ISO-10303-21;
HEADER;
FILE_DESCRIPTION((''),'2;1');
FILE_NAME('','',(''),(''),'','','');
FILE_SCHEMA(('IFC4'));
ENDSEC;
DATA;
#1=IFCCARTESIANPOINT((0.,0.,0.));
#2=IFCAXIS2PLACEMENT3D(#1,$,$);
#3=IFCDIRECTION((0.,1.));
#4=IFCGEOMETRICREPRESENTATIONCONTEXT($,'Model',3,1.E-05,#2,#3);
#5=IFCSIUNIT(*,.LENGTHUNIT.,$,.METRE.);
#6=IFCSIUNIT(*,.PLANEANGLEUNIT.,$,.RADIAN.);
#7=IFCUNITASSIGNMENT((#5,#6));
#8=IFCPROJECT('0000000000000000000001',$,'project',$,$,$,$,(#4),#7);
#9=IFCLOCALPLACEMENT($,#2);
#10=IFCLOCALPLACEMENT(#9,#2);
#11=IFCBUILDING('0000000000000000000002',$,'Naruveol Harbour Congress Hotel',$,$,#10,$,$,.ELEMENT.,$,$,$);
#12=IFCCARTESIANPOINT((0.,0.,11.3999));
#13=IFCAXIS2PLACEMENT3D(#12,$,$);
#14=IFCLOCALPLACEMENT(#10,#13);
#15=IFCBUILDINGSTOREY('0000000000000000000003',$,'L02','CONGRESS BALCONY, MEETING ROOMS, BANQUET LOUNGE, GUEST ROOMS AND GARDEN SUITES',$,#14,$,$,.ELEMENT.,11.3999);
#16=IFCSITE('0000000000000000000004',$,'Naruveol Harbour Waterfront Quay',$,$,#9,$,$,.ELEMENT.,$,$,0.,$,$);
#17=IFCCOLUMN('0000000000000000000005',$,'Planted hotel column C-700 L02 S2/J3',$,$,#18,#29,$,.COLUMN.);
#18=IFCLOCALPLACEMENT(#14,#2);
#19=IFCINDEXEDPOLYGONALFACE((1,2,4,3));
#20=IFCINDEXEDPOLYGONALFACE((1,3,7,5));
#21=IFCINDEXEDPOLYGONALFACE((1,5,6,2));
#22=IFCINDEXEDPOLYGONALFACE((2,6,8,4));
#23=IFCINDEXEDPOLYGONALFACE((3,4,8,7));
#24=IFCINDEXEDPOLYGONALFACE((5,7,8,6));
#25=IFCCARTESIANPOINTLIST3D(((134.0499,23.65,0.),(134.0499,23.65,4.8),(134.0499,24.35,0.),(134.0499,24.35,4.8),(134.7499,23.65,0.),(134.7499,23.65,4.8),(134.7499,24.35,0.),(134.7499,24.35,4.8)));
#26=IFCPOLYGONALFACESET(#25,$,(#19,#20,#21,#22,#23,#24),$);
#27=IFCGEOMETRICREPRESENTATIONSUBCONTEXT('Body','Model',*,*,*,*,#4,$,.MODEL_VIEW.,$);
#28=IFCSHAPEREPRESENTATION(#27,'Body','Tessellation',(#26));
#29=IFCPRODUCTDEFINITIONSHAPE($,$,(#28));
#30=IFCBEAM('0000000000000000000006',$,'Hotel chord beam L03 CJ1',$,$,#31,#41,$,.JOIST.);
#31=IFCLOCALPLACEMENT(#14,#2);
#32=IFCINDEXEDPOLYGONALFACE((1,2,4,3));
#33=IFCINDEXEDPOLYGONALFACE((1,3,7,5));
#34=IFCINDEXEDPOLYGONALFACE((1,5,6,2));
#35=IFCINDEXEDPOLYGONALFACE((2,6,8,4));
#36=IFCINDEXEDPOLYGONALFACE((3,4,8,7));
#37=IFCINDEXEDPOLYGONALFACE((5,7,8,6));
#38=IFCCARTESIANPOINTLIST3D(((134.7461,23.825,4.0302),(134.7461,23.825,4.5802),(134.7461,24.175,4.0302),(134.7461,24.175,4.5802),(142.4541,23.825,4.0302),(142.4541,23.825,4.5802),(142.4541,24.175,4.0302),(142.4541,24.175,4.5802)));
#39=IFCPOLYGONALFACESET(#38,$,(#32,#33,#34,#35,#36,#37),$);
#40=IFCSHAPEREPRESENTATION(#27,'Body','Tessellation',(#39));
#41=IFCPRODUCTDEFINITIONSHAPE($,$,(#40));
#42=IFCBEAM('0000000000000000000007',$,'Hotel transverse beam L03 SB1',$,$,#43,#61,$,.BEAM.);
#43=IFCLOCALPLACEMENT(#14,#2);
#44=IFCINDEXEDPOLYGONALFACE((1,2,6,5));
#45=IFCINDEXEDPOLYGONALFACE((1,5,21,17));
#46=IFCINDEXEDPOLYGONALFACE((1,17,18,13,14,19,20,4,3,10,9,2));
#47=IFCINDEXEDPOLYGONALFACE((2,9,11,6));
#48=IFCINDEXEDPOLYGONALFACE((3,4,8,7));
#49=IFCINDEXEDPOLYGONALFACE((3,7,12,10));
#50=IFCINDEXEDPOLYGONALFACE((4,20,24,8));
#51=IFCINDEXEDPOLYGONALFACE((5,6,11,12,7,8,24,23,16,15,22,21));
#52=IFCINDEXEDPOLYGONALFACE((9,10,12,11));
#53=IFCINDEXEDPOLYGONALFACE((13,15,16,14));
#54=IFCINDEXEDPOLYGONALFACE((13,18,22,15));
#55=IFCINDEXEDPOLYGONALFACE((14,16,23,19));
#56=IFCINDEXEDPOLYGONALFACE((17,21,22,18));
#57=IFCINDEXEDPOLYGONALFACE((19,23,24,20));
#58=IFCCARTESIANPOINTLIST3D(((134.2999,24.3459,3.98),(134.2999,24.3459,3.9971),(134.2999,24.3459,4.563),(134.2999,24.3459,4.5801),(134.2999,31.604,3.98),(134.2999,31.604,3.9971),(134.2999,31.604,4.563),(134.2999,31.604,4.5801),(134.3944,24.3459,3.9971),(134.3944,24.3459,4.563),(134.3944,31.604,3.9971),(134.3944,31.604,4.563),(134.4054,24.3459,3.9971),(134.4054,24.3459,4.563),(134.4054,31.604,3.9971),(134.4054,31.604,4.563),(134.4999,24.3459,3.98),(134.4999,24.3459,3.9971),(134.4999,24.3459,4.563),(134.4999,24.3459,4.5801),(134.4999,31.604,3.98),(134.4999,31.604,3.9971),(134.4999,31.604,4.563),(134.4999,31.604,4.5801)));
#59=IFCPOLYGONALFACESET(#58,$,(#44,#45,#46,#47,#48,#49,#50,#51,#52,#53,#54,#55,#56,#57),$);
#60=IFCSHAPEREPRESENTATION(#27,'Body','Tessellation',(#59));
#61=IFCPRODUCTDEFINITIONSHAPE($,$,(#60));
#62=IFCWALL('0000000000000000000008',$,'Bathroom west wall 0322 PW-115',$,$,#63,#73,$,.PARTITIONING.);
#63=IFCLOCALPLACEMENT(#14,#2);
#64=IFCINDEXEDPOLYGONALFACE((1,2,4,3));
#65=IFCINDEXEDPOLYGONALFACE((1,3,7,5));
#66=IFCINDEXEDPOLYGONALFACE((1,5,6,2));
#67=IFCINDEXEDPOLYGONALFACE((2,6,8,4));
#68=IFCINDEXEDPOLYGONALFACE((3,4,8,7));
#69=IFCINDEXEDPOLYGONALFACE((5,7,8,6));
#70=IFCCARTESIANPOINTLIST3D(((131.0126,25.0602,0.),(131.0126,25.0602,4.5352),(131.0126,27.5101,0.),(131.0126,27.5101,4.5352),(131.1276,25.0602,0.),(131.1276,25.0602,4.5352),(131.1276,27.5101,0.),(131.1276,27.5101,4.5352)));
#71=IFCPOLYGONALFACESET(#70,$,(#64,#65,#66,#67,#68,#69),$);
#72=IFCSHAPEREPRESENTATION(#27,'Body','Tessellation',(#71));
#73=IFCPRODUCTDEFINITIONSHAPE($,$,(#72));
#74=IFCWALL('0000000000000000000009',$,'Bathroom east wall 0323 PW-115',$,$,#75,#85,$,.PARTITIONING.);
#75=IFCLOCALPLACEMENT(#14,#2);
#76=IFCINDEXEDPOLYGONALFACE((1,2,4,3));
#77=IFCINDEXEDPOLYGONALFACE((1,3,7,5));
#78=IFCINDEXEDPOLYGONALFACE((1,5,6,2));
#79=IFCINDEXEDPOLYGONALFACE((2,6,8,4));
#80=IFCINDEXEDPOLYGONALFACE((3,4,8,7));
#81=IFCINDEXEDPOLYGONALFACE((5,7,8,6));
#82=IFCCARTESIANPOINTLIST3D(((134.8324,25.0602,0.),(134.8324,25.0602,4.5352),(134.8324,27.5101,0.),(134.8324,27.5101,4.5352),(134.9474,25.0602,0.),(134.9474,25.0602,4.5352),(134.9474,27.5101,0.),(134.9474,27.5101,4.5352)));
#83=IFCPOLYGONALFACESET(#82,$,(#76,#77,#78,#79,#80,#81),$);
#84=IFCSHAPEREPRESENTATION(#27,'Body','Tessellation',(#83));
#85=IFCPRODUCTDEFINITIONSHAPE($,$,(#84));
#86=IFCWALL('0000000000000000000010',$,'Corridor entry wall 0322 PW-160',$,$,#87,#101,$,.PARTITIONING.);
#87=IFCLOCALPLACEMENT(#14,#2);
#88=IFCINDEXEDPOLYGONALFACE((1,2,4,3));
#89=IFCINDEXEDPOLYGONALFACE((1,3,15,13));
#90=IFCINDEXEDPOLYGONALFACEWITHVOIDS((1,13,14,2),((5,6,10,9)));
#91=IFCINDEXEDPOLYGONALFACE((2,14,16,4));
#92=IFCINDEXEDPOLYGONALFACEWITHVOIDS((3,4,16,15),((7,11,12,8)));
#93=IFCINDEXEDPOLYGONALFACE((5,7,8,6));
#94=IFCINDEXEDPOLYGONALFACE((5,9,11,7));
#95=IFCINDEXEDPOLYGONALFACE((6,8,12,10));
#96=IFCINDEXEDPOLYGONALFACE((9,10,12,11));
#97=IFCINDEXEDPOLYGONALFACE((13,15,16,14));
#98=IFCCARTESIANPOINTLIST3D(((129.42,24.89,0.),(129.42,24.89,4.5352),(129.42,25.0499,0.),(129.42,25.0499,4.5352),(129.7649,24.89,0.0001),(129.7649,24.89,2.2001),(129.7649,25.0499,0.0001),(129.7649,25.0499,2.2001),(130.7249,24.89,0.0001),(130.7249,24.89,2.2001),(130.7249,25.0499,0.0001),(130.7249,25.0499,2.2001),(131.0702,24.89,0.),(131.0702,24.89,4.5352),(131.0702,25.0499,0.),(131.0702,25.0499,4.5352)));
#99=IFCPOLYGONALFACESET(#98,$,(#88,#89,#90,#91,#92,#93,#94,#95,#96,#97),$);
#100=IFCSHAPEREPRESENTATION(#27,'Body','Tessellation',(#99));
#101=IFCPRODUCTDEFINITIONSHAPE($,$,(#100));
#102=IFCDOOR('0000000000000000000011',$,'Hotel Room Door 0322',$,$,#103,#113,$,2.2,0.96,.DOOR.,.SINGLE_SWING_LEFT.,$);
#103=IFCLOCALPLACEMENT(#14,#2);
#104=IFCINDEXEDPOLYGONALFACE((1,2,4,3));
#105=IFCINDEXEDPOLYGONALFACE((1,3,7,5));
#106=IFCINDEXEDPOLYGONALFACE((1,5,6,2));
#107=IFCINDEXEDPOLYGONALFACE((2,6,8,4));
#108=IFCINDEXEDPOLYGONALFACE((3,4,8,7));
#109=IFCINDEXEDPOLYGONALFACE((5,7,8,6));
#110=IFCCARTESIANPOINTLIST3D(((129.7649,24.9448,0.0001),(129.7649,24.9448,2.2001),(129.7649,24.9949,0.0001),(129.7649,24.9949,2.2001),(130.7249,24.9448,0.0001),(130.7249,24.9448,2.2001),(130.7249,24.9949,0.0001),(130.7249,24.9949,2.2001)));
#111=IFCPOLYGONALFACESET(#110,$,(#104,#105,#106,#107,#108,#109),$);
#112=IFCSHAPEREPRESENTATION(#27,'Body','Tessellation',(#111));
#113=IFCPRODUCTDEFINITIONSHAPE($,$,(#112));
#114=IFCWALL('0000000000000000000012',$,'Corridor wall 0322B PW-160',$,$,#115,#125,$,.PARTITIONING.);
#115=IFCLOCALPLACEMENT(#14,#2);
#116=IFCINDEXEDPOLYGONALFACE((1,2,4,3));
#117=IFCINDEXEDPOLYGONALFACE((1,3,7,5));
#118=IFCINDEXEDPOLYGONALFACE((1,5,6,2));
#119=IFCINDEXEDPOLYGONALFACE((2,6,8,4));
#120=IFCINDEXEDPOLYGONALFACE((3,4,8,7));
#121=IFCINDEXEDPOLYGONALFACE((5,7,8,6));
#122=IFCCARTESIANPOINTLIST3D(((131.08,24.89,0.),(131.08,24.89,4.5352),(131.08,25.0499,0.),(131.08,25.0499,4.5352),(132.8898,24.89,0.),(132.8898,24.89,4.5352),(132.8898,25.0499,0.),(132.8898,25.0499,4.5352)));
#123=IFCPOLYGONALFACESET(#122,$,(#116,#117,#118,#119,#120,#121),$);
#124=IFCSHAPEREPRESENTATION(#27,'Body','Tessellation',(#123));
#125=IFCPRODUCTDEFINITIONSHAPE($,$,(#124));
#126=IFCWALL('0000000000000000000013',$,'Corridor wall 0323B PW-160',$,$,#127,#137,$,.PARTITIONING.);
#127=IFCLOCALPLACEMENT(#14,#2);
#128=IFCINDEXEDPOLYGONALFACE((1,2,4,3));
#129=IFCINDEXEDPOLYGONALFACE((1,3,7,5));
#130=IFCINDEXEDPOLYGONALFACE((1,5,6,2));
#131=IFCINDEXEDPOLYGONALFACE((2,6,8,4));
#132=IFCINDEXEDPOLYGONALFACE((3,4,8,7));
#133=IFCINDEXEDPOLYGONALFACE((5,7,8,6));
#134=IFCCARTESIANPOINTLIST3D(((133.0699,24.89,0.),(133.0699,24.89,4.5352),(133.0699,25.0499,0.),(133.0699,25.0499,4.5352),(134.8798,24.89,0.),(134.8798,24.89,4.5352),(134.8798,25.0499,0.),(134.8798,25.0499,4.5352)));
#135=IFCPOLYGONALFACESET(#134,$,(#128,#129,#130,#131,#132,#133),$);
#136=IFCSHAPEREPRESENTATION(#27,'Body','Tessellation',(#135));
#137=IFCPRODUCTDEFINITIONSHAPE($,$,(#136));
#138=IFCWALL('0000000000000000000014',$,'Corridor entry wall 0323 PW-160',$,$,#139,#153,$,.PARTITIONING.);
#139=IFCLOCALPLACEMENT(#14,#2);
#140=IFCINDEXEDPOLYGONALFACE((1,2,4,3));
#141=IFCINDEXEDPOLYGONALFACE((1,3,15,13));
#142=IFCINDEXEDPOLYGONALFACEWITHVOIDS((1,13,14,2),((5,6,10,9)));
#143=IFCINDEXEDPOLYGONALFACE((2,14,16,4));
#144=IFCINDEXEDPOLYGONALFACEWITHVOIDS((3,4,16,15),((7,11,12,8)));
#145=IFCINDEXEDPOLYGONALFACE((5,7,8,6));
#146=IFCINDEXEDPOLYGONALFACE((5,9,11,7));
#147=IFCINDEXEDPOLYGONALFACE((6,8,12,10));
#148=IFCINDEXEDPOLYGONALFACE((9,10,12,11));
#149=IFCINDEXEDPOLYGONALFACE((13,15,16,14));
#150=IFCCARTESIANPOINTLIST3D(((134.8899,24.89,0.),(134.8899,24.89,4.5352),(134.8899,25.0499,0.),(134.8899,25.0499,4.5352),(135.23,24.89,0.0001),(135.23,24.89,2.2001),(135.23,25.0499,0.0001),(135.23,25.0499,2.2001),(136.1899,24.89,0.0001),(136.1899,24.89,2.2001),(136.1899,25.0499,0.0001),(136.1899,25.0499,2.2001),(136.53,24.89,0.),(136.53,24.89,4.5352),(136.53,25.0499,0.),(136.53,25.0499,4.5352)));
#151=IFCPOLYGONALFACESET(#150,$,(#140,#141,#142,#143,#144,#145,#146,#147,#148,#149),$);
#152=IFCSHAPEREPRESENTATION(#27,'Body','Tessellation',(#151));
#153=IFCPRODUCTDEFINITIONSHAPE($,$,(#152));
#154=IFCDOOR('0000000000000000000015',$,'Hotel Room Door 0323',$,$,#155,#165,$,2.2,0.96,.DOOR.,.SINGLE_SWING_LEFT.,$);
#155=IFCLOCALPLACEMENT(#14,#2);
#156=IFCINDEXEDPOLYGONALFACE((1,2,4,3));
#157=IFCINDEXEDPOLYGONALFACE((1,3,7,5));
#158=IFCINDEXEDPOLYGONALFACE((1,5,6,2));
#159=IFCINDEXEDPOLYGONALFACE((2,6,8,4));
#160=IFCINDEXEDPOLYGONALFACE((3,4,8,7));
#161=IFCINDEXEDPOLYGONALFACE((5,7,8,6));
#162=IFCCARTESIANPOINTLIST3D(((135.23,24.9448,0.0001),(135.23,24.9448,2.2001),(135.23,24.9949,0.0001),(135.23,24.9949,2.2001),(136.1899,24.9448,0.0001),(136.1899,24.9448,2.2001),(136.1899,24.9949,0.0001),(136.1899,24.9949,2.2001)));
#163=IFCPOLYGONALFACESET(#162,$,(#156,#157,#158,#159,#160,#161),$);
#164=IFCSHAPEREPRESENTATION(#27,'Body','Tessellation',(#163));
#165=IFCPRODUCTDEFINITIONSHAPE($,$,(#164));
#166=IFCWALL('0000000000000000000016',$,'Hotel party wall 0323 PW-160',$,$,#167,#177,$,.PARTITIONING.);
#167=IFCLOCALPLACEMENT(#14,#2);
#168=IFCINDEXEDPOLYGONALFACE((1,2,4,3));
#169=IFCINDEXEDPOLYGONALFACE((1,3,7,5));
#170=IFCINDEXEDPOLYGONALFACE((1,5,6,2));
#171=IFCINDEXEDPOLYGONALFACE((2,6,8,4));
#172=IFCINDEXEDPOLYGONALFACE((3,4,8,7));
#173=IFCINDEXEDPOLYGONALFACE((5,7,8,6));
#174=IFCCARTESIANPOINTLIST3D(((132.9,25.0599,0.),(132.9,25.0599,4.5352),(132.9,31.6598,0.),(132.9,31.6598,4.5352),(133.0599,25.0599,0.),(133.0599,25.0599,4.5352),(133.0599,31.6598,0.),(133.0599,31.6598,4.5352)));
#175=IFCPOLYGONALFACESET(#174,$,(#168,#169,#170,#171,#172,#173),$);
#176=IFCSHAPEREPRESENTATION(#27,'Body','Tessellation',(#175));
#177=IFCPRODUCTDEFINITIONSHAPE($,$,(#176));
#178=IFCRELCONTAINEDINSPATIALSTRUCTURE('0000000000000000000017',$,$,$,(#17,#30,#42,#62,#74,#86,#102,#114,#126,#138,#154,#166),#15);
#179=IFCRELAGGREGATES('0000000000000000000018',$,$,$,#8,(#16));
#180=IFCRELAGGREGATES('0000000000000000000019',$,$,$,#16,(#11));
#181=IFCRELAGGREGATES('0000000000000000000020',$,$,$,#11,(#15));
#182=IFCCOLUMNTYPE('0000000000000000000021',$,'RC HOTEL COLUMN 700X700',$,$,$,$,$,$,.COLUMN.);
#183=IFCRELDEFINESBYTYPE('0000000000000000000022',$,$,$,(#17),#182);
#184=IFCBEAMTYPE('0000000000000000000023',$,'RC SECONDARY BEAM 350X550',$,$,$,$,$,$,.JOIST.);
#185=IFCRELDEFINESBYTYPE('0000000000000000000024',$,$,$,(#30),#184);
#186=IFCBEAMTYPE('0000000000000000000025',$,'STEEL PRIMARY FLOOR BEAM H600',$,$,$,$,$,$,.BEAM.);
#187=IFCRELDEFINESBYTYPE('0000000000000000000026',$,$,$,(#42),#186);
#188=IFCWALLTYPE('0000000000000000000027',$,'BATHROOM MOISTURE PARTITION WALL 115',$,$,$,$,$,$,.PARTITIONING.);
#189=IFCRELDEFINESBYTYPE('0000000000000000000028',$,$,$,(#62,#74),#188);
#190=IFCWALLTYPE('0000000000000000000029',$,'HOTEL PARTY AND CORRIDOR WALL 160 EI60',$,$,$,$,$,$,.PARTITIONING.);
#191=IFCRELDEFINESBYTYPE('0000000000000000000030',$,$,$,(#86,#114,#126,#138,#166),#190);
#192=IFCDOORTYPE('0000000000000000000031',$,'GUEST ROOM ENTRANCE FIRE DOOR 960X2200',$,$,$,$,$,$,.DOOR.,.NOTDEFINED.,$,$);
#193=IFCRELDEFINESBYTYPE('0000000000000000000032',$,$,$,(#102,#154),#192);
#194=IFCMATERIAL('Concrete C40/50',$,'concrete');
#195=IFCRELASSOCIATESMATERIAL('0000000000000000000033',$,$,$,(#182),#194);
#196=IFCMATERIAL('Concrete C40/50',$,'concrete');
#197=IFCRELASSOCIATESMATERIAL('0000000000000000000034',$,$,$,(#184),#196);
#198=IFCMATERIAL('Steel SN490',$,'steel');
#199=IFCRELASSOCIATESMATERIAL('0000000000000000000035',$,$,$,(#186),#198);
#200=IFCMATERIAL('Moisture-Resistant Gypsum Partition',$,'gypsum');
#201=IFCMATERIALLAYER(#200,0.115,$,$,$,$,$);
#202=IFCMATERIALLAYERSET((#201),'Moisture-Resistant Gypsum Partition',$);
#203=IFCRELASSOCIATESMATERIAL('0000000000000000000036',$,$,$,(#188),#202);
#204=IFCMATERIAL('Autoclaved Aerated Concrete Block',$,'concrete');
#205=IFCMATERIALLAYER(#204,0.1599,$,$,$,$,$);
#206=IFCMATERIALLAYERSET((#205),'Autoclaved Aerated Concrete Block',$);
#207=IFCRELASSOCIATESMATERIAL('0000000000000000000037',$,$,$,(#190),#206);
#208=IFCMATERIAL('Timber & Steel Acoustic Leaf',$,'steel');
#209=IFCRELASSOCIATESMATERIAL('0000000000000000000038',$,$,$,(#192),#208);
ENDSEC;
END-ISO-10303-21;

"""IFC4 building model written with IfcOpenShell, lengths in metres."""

from ifc_helpers import new_model, si_unit, direction, frame, frame_2d, origin, origin_2d, place, context, subcontext, project, spatial, rectangle, i_section, extrude, material, layer, layer_set, material_profile, profile_set, type_object, element, fill, save


model = new_model("IFC4")

# Units and contexts
model_context = context("Model", 3, precision=1e-05, world=origin(), true_north=direction((0.0, 1.0)))
body_context = subcontext(model_context, "Body", "Model", "MODEL_VIEW")
ifc_project = project(units=[si_unit("LENGTHUNIT", "METRE"), si_unit("PLANEANGLEUNIT", "RADIAN")], contexts=[model_context])

# Site, building, storey
site_placement = place(None, origin())
site = spatial("IfcSite", under=ifc_project, at=site_placement, Name="Naruveol Harbour Waterfront Quay", CompositionType="ELEMENT", RefElevation=0.0)
building_placement = place(site_placement, origin())
building = spatial("IfcBuilding", under=site, at=building_placement, Name="Naruveol Harbour Congress Hotel", CompositionType="ELEMENT")
storey_placement = place(building_placement, frame((0.0, 0.0, 11.3999)))
storey = spatial("IfcBuildingStorey", under=building, at=storey_placement, Name="L02", Description="CONGRESS BALCONY, MEETING ROOMS, BANQUET LOUNGE, GUEST ROOMS AND GARDEN SUITES", CompositionType="ELEMENT", Elevation=11.3999)

# Column
ifc_material_1 = material(Name="Concrete C40/50", Category="concrete")
ifc_material_profile_1 = material_profile(ifc_material_1, rectangle(XDim=0.7, YDim=0.7, at=origin_2d()), Name="RC-700x700")
ifc_profile_set_1 = profile_set([ifc_material_profile_1], Name="Concrete C40/50")
column_type = type_object("IfcColumnType", Name="RC HOTEL COLUMN 700X700", PredefinedType="COLUMN", material=ifc_profile_set_1)
column_placement = place(storey_placement, frame((134.3999, 24.0, 0.0), z_axis=(0.0, 0.0, 1.0), x_axis=(1.0, 0.0, 0.0)))
element("IfcColumn", 1, at=column_placement, inside=storey, type_object=column_type, Name="Planted hotel column C-700 L02 S2/J3", PredefinedType="COLUMN", context=body_context, shape_type="SweptSolid", body=[
    extrude(rectangle(XDim=0.7, YDim=0.7, at=origin_2d()), origin(), (0.0, 0.0, 1.0), 4.8),
])

# Beams
ifc_material_2 = material(Name="Concrete C40/50", Category="concrete")
ifc_material_profile_2 = material_profile(ifc_material_2, rectangle(XDim=0.3501, YDim=0.55, at=origin_2d()), Name="RCB-350x550")
ifc_profile_set_2 = profile_set([ifc_material_profile_2], Name="Concrete C40/50")
beam_type_1 = type_object("IfcBeamType", Name="RC SECONDARY BEAM 350X550", PredefinedType="JOIST", material=ifc_profile_set_2)
beam_1_placement = place(storey_placement, frame((134.7461, 24.0, 4.3052), z_axis=(1.0, 0.0, 0.0), x_axis=(0.0, 1.0, 0.0)))
element("IfcBeam", 2, at=beam_1_placement, inside=storey, type_object=beam_type_1, Name="Hotel chord beam L03 CJ1", PredefinedType="JOIST", context=body_context, shape_type="SweptSolid", body=[
    extrude(rectangle(XDim=0.3501, YDim=0.55, at=origin_2d()), origin(), (0.0, 0.0, 1.0), 7.708),
])
ifc_material_3 = material(Name="Steel SN490", Category="steel")
ifc_material_profile_3 = material_profile(ifc_material_3, i_section(OverallWidth=0.2, OverallDepth=0.6001, WebThickness=0.011, FlangeThickness=0.0171, at=origin_2d()), Name="H-600x200x11x17")
ifc_profile_set_3 = profile_set([ifc_material_profile_3], Name="Steel SN490")
beam_type_2 = type_object("IfcBeamType", Name="STEEL PRIMARY FLOOR BEAM H600", PredefinedType="BEAM", material=ifc_profile_set_3)
beam_2_placement = place(storey_placement, frame((134.3999, 24.3459, 4.28), z_axis=(0.0, 1.0, 0.0), x_axis=(-1.0, 0.0, 0.0)))
element("IfcBeam", 3, at=beam_2_placement, inside=storey, type_object=beam_type_2, Name="Hotel transverse beam L03 SB1", PredefinedType="BEAM", context=body_context, shape_type="SweptSolid", body=[
    extrude(i_section(OverallWidth=0.2, OverallDepth=0.6001, WebThickness=0.011, FlangeThickness=0.0171, at=origin_2d()), origin(), (0.0, 0.0, 1.0), 7.2581),
])

# Wall
ifc_material_4 = material(Name="Moisture-Resistant Gypsum Partition", Category="gypsum")
ifc_layer_1 = layer(ifc_material_4, 0.115)
ifc_layer_set_1 = layer_set([ifc_layer_1], Name="Moisture-Resistant Gypsum Partition")
wall_type_1 = type_object("IfcWallType", Name="BATHROOM MOISTURE PARTITION WALL 115", PredefinedType="PARTITIONING", material=ifc_layer_set_1)
wall_1_placement = place(storey_placement, frame((131.0701, 25.0601, 0.0), z_axis=(0.0, 0.0, 1.0), x_axis=(0.0, 1.0, 0.0)))
element("IfcWall", 4, at=wall_1_placement, inside=storey, type_object=wall_type_1, Name="Bathroom west wall 0322 PW-115", PredefinedType="PARTITIONING", context=body_context, shape_type="SweptSolid", body=[
    extrude(rectangle(XDim=2.45, YDim=0.115, at=frame_2d((1.2251, 0.0))), origin(), (0.0, 0.0, 1.0), 4.5352),
])

# Wall
wall_2_placement = place(storey_placement, frame((134.8899, 25.0601, 0.0), z_axis=(0.0, 0.0, 1.0), x_axis=(0.0, 1.0, 0.0)))
element("IfcWall", 5, at=wall_2_placement, inside=storey, type_object=wall_type_1, Name="Bathroom east wall 0323 PW-115", PredefinedType="PARTITIONING", context=body_context, shape_type="SweptSolid", body=[
    extrude(rectangle(XDim=2.45, YDim=0.115, at=frame_2d((1.2251, 0.0))), origin(), (0.0, 0.0, 1.0), 4.5352),
])

# Wall, opening, door
ifc_material_5 = material(Name="Autoclaved Aerated Concrete Block", Category="concrete")
ifc_layer_2 = layer(ifc_material_5, 0.1599)
ifc_layer_set_2 = layer_set([ifc_layer_2], Name="Autoclaved Aerated Concrete Block")
wall_type_2 = type_object("IfcWallType", Name="HOTEL PARTY AND CORRIDOR WALL 160 EI60", PredefinedType="PARTITIONING", material=ifc_layer_set_2)
wall_3_placement = place(storey_placement, frame((129.4199, 24.97, 0.0), z_axis=(0.0, 0.0, 1.0), x_axis=(1.0, 0.0, 0.0)))
wall_3 = element("IfcWall", 6, at=wall_3_placement, inside=storey, type_object=wall_type_2, Name="Corridor entry wall 0322 PW-160", PredefinedType="PARTITIONING", context=body_context, shape_type="SweptSolid", body=[
    extrude(rectangle(XDim=1.6501, YDim=0.1599, at=frame_2d((0.8252, 0.0))), origin(), (0.0, 0.0, 1.0), 4.5352),
])
opening_1_placement = place(wall_3_placement, frame((0.345, 0.0, 0.0)))
opening_1 = element("IfcOpeningElement", 7, at=opening_1_placement, cuts=wall_3, PredefinedType="OPENING", context=body_context, shape_type="SweptSolid", body=[
    extrude(rectangle(XDim=0.96, YDim=2.2, at=frame_2d((0.48, 1.1001))), frame((0.0, 0.0898, 0.0), z_axis=(0.0, -1.0, 0.0), x_axis=(1.0, 0.0, 0.0)), (0.0, 0.0, 1.0), 0.1799),
])
ifc_material_6 = material(Name="Timber & Steel Acoustic Leaf", Category="steel")
door_type_1 = type_object("IfcDoorType", Name="GUEST ROOM ENTRANCE FIRE DOOR 960X2200", OperationType="NOTDEFINED", PredefinedType="DOOR", material=ifc_material_6)
door_1_placement = place(opening_1_placement, origin())
door_1 = element("IfcDoor", 8, at=door_1_placement, inside=storey, type_object=door_type_1, Name="Hotel Room Door 0322", OperationType="SINGLE_SWING_LEFT", OverallHeight=2.2, OverallWidth=0.96, PredefinedType="DOOR", context=body_context, shape_type="SweptSolid", body=[
    extrude(rectangle(XDim=0.96, YDim=2.2, at=frame_2d((0.48, 1.1001))), frame((0.0, 0.0249, 0.0), z_axis=(0.0, -1.0, 0.0), x_axis=(1.0, 0.0, 0.0)), (0.0, 0.0, 1.0), 0.05),
])
fill(opening_1, door_1)

# Walls
for number, where, z_axis, x_axis, name in (
    (9, (131.0801, 24.97, 0.0), (0.0, 0.0, 1.0), (1.0, 0.0, 0.0), "Corridor wall 0322B PW-160"),
    (10, (133.0701, 24.97, 0.0), (0.0, 0.0, 1.0), (1.0, 0.0, 0.0), "Corridor wall 0323B PW-160"),
):
    element("IfcWall", number, at=place(storey_placement, frame(where, z_axis=z_axis, x_axis=x_axis)), inside=storey, type_object=wall_type_2, Name=name, PredefinedType="PARTITIONING", context=body_context, shape_type="SweptSolid", body=[
        extrude(rectangle(XDim=1.8098, YDim=0.1599, at=frame_2d((0.9048, 0.0))), origin(), (0.0, 0.0, 1.0), 4.5352),
    ])

# Wall, opening, door
wall_4_placement = place(storey_placement, frame((134.8899, 24.97, 0.0), z_axis=(0.0, 0.0, 1.0), x_axis=(1.0, 0.0, 0.0)))
wall_4 = element("IfcWall", 11, at=wall_4_placement, inside=storey, type_object=wall_type_2, Name="Corridor entry wall 0323 PW-160", PredefinedType="PARTITIONING", context=body_context, shape_type="SweptSolid", body=[
    extrude(rectangle(XDim=1.6401, YDim=0.1599, at=frame_2d((0.8201, 0.0))), origin(), (0.0, 0.0, 1.0), 4.5352),
])
opening_2_placement = place(wall_4_placement, frame((0.3401, 0.0, 0.0)))
opening_2 = element("IfcOpeningElement", 12, at=opening_2_placement, cuts=wall_4, PredefinedType="OPENING", context=body_context, shape_type="SweptSolid", body=[
    extrude(rectangle(XDim=0.96, YDim=2.2, at=frame_2d((0.48, 1.1001))), frame((0.0, 0.0898, 0.0), z_axis=(0.0, -1.0, 0.0), x_axis=(1.0, 0.0, 0.0)), (0.0, 0.0, 1.0), 0.1799),
])
door_2_placement = place(opening_2_placement, origin())
door_2 = element("IfcDoor", 13, at=door_2_placement, inside=storey, type_object=door_type_1, Name="Hotel Room Door 0323", OperationType="SINGLE_SWING_LEFT", OverallHeight=2.2, OverallWidth=0.96, PredefinedType="DOOR", context=body_context, shape_type="SweptSolid", body=[
    extrude(rectangle(XDim=0.96, YDim=2.2, at=frame_2d((0.48, 1.1001))), frame((0.0, 0.0249, 0.0), z_axis=(0.0, -1.0, 0.0), x_axis=(1.0, 0.0, 0.0)), (0.0, 0.0, 1.0), 0.05),
])
fill(opening_2, door_2)

# Wall
wall_5_placement = place(storey_placement, frame((132.98, 25.0601, 0.0), z_axis=(0.0, 0.0, 1.0), x_axis=(0.0, 1.0, 0.0)))
element("IfcWall", 14, at=wall_5_placement, inside=storey, type_object=wall_type_2, Name="Hotel party wall 0323 PW-160", PredefinedType="PARTITIONING", context=body_context, shape_type="SweptSolid", body=[
    extrude(rectangle(XDim=6.5999, YDim=0.1599, at=frame_2d((3.2998, 0.0))), origin(), (0.0, 0.0, 1.0), 4.5352),
])

save(model, "model.ifc")
